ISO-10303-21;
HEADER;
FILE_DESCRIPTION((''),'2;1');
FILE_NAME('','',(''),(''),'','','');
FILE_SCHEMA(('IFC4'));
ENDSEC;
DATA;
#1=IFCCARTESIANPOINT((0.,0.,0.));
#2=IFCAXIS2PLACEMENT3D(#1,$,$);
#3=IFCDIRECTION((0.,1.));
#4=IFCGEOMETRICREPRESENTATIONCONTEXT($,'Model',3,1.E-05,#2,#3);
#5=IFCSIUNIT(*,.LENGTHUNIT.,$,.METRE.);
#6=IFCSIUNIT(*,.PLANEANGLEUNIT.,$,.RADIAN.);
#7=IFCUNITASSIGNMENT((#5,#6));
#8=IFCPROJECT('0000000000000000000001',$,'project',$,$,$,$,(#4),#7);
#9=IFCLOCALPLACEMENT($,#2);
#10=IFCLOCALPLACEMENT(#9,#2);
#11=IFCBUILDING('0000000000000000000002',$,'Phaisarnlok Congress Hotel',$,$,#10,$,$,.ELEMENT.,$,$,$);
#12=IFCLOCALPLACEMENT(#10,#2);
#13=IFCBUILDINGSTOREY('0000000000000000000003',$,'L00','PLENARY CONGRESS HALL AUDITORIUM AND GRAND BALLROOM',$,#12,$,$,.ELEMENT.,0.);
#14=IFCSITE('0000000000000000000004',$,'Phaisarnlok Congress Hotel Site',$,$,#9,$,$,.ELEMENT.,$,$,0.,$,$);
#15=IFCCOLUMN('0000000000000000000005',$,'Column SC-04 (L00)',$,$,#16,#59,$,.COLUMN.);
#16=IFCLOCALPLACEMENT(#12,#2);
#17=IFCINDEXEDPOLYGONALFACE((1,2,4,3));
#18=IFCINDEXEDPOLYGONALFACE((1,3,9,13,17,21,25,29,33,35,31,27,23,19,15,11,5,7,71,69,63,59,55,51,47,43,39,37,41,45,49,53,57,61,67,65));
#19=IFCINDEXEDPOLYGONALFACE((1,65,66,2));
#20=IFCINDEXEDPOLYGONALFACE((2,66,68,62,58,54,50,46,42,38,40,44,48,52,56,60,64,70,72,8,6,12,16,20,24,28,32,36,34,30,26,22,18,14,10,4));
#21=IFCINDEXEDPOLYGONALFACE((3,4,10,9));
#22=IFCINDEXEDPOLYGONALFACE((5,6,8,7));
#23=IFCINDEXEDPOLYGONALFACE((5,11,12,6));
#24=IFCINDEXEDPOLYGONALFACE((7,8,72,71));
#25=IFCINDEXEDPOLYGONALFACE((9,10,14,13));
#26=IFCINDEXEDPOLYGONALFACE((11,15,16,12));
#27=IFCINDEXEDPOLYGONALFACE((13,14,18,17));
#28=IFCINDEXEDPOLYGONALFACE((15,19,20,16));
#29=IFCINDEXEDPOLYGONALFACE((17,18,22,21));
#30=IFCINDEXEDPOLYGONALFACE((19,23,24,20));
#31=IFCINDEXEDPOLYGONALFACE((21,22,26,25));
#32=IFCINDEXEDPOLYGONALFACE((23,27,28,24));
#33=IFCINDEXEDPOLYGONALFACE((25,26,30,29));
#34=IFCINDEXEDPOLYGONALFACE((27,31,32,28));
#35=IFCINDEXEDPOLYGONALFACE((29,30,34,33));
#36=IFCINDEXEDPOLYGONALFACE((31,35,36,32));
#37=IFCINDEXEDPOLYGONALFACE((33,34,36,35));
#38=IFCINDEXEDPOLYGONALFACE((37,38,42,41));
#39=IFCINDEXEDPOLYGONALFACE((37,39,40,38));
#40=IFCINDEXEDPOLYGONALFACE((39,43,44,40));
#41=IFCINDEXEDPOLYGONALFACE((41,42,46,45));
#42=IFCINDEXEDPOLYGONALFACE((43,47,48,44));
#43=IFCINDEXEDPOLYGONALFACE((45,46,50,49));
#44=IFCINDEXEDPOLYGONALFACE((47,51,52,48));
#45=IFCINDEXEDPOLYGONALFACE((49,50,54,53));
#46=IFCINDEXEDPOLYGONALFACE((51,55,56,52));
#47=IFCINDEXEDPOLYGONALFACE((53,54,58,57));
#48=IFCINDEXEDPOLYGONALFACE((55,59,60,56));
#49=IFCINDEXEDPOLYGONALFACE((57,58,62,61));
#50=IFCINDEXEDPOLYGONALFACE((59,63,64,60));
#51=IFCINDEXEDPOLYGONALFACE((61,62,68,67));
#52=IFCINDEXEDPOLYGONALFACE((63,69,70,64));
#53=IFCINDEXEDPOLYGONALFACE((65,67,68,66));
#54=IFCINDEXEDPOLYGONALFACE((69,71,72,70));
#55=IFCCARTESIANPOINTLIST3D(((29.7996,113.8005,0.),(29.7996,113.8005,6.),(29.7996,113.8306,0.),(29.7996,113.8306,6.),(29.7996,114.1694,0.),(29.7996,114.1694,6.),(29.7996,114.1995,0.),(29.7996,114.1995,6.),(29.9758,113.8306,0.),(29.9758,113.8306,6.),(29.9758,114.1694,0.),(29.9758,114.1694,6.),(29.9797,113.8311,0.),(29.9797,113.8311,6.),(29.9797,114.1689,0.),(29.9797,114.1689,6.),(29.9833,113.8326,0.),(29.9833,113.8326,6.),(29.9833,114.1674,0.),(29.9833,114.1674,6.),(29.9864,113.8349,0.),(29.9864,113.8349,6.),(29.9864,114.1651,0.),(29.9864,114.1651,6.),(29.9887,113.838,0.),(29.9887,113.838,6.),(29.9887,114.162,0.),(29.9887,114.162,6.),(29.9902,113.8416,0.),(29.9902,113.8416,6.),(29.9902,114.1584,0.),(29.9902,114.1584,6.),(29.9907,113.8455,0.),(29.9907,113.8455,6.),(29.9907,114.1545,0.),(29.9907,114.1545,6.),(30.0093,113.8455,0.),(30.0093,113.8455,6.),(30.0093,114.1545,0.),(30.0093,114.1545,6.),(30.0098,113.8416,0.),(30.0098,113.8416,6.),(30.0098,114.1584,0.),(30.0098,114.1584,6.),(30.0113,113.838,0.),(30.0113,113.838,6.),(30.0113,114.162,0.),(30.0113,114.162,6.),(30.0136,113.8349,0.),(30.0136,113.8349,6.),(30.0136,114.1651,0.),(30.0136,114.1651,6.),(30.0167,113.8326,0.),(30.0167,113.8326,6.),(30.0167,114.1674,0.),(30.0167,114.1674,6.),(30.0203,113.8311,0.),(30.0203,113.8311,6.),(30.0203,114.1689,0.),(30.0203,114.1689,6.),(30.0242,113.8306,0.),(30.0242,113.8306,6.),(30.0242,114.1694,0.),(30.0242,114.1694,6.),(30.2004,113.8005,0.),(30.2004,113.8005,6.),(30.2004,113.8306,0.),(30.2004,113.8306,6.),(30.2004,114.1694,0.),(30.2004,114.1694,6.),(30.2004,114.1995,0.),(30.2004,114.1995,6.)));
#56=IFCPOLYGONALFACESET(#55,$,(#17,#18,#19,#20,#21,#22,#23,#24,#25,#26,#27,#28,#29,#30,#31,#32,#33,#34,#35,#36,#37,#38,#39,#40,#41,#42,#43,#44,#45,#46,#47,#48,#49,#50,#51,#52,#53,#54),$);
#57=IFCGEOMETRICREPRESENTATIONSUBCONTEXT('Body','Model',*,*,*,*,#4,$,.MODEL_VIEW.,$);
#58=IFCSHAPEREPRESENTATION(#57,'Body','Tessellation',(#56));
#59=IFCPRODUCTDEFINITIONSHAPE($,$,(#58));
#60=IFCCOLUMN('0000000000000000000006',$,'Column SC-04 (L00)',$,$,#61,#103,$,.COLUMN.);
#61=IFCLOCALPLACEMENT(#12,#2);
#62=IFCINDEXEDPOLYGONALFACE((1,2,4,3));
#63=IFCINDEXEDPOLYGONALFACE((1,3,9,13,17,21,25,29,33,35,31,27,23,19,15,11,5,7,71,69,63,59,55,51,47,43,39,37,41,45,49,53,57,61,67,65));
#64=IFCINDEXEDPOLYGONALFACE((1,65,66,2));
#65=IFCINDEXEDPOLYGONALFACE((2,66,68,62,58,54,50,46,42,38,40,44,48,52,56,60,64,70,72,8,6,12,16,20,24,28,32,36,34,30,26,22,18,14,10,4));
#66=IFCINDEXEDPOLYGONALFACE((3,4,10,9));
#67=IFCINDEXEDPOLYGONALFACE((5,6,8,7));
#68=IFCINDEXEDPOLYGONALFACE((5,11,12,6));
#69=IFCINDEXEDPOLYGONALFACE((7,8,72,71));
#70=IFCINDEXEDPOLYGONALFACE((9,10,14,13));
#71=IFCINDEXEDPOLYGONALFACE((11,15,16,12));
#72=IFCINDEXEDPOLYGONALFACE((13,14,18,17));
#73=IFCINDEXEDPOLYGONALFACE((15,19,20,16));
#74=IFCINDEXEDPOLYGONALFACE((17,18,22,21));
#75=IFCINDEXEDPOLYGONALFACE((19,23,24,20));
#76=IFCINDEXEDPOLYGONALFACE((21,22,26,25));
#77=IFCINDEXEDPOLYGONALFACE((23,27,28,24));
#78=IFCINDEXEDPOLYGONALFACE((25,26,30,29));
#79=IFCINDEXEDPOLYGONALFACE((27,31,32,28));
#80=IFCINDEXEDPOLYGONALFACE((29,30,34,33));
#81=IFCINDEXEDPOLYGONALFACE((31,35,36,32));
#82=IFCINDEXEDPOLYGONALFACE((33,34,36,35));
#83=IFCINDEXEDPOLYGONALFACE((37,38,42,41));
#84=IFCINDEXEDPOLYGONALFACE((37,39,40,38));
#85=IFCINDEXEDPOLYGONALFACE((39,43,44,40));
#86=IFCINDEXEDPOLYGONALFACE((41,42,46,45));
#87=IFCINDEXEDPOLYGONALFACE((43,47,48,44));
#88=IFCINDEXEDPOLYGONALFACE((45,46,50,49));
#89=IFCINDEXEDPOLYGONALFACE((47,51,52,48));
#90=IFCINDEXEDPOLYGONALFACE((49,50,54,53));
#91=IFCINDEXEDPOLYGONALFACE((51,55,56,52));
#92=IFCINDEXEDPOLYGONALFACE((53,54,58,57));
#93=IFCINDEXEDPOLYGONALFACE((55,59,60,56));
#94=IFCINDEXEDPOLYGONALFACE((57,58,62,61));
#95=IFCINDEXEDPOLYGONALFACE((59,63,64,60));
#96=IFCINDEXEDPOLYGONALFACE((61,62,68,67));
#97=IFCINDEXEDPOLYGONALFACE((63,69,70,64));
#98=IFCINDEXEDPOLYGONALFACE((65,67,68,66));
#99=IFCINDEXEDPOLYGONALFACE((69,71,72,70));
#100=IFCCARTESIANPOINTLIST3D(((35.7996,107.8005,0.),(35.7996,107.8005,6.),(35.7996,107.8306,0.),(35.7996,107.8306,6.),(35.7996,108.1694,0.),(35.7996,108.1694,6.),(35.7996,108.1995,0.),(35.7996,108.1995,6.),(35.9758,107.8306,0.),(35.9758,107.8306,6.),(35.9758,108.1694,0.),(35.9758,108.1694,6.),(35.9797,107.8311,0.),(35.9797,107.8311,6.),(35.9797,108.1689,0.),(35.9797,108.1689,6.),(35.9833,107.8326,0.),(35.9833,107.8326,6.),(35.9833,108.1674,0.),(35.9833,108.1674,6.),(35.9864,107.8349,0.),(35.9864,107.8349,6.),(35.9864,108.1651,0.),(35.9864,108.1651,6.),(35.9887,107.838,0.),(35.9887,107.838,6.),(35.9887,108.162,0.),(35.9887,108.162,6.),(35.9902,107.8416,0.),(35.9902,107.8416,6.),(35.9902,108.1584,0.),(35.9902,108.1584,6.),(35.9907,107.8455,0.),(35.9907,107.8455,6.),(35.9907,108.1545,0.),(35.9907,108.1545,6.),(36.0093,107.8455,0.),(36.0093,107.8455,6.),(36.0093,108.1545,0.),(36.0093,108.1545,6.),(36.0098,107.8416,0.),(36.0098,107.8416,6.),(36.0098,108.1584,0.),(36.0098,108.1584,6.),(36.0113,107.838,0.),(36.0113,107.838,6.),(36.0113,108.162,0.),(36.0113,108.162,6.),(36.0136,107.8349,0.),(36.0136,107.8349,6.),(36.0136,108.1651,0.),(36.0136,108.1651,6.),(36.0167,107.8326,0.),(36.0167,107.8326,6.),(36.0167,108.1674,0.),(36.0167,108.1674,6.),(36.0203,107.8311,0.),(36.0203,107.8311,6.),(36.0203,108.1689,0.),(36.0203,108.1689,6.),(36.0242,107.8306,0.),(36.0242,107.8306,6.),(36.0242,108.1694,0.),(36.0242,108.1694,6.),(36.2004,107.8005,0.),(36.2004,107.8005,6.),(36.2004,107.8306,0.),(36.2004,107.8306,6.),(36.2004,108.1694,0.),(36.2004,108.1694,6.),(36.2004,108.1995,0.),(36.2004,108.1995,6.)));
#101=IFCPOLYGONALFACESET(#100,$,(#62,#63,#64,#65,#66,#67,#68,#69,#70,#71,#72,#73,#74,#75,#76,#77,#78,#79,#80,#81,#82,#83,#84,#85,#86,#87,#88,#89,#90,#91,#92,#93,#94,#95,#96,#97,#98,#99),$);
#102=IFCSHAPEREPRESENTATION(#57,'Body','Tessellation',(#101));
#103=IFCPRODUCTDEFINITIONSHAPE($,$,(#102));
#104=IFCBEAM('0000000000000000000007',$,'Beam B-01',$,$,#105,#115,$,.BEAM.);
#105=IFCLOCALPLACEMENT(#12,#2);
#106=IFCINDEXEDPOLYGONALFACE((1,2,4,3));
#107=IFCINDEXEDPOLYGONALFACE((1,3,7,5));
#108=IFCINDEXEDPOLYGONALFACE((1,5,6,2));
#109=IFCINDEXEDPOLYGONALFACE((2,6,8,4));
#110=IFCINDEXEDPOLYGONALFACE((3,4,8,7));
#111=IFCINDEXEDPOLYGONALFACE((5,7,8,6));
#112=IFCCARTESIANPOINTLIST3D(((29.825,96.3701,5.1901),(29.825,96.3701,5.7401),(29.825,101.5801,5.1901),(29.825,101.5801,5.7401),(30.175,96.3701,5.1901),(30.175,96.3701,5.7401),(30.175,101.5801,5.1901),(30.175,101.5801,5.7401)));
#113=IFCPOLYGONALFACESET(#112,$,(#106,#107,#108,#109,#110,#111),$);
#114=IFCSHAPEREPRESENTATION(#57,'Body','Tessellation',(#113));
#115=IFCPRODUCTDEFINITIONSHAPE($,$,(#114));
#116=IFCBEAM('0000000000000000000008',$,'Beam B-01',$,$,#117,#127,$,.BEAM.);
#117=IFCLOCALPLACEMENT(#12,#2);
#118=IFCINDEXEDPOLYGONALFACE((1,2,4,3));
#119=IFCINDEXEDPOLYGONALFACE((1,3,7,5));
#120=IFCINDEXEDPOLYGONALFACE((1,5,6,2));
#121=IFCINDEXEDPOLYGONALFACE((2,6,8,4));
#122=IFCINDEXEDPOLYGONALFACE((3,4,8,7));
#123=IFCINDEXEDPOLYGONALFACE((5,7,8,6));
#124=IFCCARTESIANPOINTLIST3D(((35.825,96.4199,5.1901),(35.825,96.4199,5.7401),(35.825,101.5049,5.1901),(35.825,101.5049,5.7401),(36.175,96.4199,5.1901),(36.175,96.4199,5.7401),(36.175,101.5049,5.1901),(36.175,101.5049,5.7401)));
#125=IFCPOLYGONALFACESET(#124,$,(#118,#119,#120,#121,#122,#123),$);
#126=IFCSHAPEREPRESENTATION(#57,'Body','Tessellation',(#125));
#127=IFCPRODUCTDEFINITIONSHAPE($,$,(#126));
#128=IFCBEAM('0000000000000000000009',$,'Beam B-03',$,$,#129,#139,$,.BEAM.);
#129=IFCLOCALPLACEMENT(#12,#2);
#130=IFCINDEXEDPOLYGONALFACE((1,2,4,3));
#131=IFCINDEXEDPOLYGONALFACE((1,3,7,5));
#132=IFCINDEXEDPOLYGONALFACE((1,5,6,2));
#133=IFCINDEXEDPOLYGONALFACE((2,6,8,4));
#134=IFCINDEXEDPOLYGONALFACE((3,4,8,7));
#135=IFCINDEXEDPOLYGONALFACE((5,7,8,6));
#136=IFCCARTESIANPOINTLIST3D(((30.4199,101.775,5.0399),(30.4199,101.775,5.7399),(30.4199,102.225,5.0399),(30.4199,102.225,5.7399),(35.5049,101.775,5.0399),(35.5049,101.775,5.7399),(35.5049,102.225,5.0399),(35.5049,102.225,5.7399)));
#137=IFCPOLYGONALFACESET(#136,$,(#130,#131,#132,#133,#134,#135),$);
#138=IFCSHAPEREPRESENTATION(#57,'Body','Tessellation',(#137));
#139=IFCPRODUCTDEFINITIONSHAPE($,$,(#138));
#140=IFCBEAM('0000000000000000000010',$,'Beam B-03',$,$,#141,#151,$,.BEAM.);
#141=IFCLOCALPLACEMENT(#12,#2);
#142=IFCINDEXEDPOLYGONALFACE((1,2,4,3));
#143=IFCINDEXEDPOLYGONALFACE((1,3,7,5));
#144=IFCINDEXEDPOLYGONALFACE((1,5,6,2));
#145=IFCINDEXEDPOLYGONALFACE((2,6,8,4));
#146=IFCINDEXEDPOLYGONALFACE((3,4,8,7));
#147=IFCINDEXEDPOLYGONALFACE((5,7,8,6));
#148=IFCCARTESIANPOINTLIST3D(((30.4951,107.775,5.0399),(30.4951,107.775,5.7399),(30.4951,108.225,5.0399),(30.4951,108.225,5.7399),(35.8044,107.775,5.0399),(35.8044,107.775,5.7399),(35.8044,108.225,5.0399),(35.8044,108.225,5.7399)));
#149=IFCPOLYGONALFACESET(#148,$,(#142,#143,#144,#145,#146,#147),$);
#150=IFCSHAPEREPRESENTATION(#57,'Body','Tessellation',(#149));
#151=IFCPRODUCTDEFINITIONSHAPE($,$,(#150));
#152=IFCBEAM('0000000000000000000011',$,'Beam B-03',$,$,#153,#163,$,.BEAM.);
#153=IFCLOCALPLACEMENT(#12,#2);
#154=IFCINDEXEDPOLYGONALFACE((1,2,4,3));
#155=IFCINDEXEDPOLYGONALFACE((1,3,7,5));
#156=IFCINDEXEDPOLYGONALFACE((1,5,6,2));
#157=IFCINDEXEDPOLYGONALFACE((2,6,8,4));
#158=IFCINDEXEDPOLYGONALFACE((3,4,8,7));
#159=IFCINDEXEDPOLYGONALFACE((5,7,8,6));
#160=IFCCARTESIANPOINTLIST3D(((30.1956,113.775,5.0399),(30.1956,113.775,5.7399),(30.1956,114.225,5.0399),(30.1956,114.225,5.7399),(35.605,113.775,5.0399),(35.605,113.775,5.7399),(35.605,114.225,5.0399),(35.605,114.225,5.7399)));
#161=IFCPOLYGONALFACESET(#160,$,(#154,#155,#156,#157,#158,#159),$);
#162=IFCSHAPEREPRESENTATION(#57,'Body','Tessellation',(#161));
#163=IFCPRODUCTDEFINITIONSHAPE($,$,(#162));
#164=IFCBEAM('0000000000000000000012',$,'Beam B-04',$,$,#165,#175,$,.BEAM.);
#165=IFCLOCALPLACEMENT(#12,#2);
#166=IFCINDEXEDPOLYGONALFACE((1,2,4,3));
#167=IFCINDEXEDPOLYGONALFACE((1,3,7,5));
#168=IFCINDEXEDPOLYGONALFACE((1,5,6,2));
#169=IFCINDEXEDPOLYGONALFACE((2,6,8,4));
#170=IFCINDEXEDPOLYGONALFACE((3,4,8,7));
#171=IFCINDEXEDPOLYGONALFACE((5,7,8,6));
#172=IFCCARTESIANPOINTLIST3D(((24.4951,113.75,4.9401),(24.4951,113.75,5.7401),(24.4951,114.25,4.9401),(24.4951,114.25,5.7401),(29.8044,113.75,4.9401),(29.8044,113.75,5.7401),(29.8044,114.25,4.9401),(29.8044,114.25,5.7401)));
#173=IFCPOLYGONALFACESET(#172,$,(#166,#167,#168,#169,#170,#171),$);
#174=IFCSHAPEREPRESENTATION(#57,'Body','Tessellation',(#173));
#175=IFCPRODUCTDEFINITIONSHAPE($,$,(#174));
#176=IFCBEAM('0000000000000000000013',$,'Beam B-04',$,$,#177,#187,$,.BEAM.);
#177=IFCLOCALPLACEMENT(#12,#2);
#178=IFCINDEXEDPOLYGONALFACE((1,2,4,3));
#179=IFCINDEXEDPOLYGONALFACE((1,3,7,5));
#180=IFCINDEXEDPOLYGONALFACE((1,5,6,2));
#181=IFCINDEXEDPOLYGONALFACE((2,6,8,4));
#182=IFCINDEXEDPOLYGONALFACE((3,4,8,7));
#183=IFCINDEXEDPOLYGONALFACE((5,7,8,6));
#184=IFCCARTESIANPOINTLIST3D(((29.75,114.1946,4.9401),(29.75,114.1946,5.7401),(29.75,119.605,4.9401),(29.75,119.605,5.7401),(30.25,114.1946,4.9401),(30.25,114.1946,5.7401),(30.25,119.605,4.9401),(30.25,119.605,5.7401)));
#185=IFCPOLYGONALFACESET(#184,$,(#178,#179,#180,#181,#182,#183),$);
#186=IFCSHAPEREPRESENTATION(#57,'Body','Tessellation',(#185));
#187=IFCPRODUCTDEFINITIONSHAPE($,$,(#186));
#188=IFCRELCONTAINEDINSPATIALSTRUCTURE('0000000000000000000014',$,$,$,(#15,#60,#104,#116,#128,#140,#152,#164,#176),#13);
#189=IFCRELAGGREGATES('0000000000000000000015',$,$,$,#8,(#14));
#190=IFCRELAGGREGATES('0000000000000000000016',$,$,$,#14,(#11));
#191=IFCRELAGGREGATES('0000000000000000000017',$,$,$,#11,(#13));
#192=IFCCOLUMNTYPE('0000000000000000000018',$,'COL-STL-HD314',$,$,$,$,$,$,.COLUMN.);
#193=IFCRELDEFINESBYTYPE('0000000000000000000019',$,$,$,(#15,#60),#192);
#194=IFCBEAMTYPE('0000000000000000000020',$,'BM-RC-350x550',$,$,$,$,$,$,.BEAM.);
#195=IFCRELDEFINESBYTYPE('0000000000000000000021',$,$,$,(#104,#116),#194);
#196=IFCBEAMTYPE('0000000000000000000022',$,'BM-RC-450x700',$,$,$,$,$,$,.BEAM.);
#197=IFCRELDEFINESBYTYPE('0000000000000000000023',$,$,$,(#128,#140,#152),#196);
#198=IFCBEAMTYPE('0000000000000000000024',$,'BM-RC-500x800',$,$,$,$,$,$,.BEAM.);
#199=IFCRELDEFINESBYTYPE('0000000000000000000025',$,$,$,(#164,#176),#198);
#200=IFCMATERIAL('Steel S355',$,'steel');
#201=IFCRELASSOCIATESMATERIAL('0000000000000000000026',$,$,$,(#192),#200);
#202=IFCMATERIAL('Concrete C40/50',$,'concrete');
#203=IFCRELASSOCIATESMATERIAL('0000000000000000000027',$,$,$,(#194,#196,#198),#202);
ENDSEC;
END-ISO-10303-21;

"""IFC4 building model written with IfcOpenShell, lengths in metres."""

from ifc_helpers import new_model, si_unit, direction, frame, origin, origin_2d, place, context, subcontext, project, spatial, rectangle, i_section, extrude, material, material_profile, profile_set, type_object, element, save


model = new_model("IFC4")

# Units and contexts
model_context = context("Model", 3, precision=1e-05, world=origin(), true_north=direction((0.0, 1.0)))
body_context = subcontext(model_context, "Body", "Model", "MODEL_VIEW")
ifc_project = project(units=[si_unit("LENGTHUNIT", "METRE"), si_unit("PLANEANGLEUNIT", "RADIAN")], contexts=[model_context])

# Site, building, storey
site_placement = place(None, origin())
site = spatial("IfcSite", under=ifc_project, at=site_placement, Name="Phaisarnlok Congress Hotel Site", CompositionType="ELEMENT", RefElevation=0.0)
building_placement = place(site_placement, origin())
building = spatial("IfcBuilding", under=site, at=building_placement, Name="Phaisarnlok Congress Hotel", CompositionType="ELEMENT")
storey_placement = place(building_placement, origin())
storey = spatial("IfcBuildingStorey", under=building, at=storey_placement, Name="L00", Description="PLENARY CONGRESS HALL AUDITORIUM AND GRAND BALLROOM", CompositionType="ELEMENT", Elevation=0.0)

# Columns
ifc_material_1 = material(Name="Steel S355", Category="steel")
ifc_material_profile_1 = material_profile(ifc_material_1, i_section(OverallWidth=0.4009, OverallDepth=0.3989, WebThickness=0.0186, FlangeThickness=0.03, FilletRadius=0.0149, at=origin_2d()), Name="HD 400x314")
ifc_profile_set_1 = profile_set([ifc_material_profile_1], Name="Steel S355")
column_type_1 = type_object("IfcColumnType", Name="COL-STL-HD314", PredefinedType="COLUMN", material=ifc_profile_set_1)
for number, where, z_axis, x_axis, name in (
    (1, (30.0, 114.0, 0.0), (0.0, 0.0, 1.0), (1.0, 0.0, 0.0), "Column SC-04 (L00)"),
    (2, (36.0, 108.0, 0.0), (0.0, 0.0, 1.0), (1.0, 0.0, 0.0), "Column SC-04 (L00)"),
):
    element("IfcColumn", number, at=place(storey_placement, frame(where, z_axis=z_axis, x_axis=x_axis)), inside=storey, type_object=column_type_1, Name=name, PredefinedType="COLUMN", context=body_context, shape_type="SweptSolid", body=[
        extrude(i_section(OverallWidth=0.4009, OverallDepth=0.3989, WebThickness=0.0186, FlangeThickness=0.03, FilletRadius=0.0149, at=origin_2d()), origin(), (0.0, 0.0, 1.0), 6.0),
    ])

# Beams
ifc_material_2 = material(Name="Concrete C40/50", Category="concrete")
ifc_material_profile_2 = material_profile(ifc_material_2, rectangle(XDim=0.3501, YDim=0.55, at=origin_2d()), Name="RC 350x550")
ifc_profile_set_2 = profile_set([ifc_material_profile_2], Name="Concrete C40/50")
beam_type_1 = type_object("IfcBeamType", Name="BM-RC-350x550", PredefinedType="BEAM", material=ifc_profile_set_2)
beam_1_placement = place(storey_placement, frame((30.0, 96.3701, 5.4651), z_axis=(0.0, 1.0, 0.0), x_axis=(-1.0, 0.0, 0.0)))
element("IfcBeam", 3, at=beam_1_placement, inside=storey, type_object=beam_type_1, Name="Beam B-01", PredefinedType="BEAM", context=body_context, shape_type="SweptSolid", body=[
    extrude(rectangle(XDim=0.3501, YDim=0.55, at=origin_2d()), origin(), (0.0, 0.0, 1.0), 5.21),
])
beam_2_placement = place(storey_placement, frame((36.0, 96.4199, 5.4651), z_axis=(0.0, 1.0, 0.0), x_axis=(-1.0, 0.0, 0.0)))
element("IfcBeam", 4, at=beam_2_placement, inside=storey, type_object=beam_type_1, Name="Beam B-01", PredefinedType="BEAM", context=body_context, shape_type="SweptSolid", body=[
    extrude(rectangle(XDim=0.3501, YDim=0.55, at=origin_2d()), origin(), (0.0, 0.0, 1.0), 5.085),
])
ifc_material_profile_3 = material_profile(ifc_material_2, rectangle(XDim=0.45, YDim=0.7, at=origin_2d()), Name="RC 450x700")
ifc_profile_set_3 = profile_set([ifc_material_profile_3], Name="Concrete C40/50")
beam_type_2 = type_object("IfcBeamType", Name="BM-RC-450x700", PredefinedType="BEAM", material=ifc_profile_set_3)
beam_3_placement = place(storey_placement, frame((30.4199, 102.0, 5.3899), z_axis=(1.0, 0.0, 0.0), x_axis=(0.0, 1.0, 0.0)))
element("IfcBeam", 5, at=beam_3_placement, inside=storey, type_object=beam_type_2, Name="Beam B-03", PredefinedType="BEAM", context=body_context, shape_type="SweptSolid", body=[
    extrude(rectangle(XDim=0.45, YDim=0.7, at=origin_2d()), origin(), (0.0, 0.0, 1.0), 5.085),
])
beam_4_placement = place(storey_placement, frame((30.4951, 108.0, 5.3899), z_axis=(1.0, 0.0, 0.0), x_axis=(0.0, 1.0, 0.0)))
element("IfcBeam", 6, at=beam_4_placement, inside=storey, type_object=beam_type_2, Name="Beam B-03", PredefinedType="BEAM", context=body_context, shape_type="SweptSolid", body=[
    extrude(rectangle(XDim=0.45, YDim=0.7, at=origin_2d()), origin(), (0.0, 0.0, 1.0), 5.3093),
])
beam_5_placement = place(storey_placement, frame((30.1956, 114.0, 5.3899), z_axis=(1.0, 0.0, 0.0), x_axis=(0.0, 1.0, 0.0)))
element("IfcBeam", 7, at=beam_5_placement, inside=storey, type_object=beam_type_2, Name="Beam B-03", PredefinedType="BEAM", context=body_context, shape_type="SweptSolid", body=[
    extrude(rectangle(XDim=0.45, YDim=0.7, at=origin_2d()), origin(), (0.0, 0.0, 1.0), 5.4094),
])
ifc_material_profile_4 = material_profile(ifc_material_2, rectangle(XDim=0.5, YDim=0.8, at=origin_2d()), Name="RC 500x800")
ifc_profile_set_4 = profile_set([ifc_material_profile_4], Name="Concrete C40/50")
beam_type_3 = type_object("IfcBeamType", Name="BM-RC-500x800", PredefinedType="BEAM", material=ifc_profile_set_4)
beam_6_placement = place(storey_placement, frame((24.4951, 114.0, 5.3401), z_axis=(1.0, 0.0, 0.0), x_axis=(0.0, 1.0, 0.0)))
element("IfcBeam", 8, at=beam_6_placement, inside=storey, type_object=beam_type_3, Name="Beam B-04", PredefinedType="BEAM", context=body_context, shape_type="SweptSolid", body=[
    extrude(rectangle(XDim=0.5, YDim=0.8, at=origin_2d()), origin(), (0.0, 0.0, 1.0), 5.3093),
])
beam_7_placement = place(storey_placement, frame((30.0, 114.1946, 5.3401), z_axis=(0.0, 1.0, 0.0), x_axis=(-1.0, 0.0, 0.0)))
element("IfcBeam", 9, at=beam_7_placement, inside=storey, type_object=beam_type_3, Name="Beam B-04", PredefinedType="BEAM", context=body_context, shape_type="SweptSolid", body=[
    extrude(rectangle(XDim=0.5, YDim=0.8, at=origin_2d()), origin(), (0.0, 0.0, 1.0), 5.4104),
])

save(model, "model.ifc")
